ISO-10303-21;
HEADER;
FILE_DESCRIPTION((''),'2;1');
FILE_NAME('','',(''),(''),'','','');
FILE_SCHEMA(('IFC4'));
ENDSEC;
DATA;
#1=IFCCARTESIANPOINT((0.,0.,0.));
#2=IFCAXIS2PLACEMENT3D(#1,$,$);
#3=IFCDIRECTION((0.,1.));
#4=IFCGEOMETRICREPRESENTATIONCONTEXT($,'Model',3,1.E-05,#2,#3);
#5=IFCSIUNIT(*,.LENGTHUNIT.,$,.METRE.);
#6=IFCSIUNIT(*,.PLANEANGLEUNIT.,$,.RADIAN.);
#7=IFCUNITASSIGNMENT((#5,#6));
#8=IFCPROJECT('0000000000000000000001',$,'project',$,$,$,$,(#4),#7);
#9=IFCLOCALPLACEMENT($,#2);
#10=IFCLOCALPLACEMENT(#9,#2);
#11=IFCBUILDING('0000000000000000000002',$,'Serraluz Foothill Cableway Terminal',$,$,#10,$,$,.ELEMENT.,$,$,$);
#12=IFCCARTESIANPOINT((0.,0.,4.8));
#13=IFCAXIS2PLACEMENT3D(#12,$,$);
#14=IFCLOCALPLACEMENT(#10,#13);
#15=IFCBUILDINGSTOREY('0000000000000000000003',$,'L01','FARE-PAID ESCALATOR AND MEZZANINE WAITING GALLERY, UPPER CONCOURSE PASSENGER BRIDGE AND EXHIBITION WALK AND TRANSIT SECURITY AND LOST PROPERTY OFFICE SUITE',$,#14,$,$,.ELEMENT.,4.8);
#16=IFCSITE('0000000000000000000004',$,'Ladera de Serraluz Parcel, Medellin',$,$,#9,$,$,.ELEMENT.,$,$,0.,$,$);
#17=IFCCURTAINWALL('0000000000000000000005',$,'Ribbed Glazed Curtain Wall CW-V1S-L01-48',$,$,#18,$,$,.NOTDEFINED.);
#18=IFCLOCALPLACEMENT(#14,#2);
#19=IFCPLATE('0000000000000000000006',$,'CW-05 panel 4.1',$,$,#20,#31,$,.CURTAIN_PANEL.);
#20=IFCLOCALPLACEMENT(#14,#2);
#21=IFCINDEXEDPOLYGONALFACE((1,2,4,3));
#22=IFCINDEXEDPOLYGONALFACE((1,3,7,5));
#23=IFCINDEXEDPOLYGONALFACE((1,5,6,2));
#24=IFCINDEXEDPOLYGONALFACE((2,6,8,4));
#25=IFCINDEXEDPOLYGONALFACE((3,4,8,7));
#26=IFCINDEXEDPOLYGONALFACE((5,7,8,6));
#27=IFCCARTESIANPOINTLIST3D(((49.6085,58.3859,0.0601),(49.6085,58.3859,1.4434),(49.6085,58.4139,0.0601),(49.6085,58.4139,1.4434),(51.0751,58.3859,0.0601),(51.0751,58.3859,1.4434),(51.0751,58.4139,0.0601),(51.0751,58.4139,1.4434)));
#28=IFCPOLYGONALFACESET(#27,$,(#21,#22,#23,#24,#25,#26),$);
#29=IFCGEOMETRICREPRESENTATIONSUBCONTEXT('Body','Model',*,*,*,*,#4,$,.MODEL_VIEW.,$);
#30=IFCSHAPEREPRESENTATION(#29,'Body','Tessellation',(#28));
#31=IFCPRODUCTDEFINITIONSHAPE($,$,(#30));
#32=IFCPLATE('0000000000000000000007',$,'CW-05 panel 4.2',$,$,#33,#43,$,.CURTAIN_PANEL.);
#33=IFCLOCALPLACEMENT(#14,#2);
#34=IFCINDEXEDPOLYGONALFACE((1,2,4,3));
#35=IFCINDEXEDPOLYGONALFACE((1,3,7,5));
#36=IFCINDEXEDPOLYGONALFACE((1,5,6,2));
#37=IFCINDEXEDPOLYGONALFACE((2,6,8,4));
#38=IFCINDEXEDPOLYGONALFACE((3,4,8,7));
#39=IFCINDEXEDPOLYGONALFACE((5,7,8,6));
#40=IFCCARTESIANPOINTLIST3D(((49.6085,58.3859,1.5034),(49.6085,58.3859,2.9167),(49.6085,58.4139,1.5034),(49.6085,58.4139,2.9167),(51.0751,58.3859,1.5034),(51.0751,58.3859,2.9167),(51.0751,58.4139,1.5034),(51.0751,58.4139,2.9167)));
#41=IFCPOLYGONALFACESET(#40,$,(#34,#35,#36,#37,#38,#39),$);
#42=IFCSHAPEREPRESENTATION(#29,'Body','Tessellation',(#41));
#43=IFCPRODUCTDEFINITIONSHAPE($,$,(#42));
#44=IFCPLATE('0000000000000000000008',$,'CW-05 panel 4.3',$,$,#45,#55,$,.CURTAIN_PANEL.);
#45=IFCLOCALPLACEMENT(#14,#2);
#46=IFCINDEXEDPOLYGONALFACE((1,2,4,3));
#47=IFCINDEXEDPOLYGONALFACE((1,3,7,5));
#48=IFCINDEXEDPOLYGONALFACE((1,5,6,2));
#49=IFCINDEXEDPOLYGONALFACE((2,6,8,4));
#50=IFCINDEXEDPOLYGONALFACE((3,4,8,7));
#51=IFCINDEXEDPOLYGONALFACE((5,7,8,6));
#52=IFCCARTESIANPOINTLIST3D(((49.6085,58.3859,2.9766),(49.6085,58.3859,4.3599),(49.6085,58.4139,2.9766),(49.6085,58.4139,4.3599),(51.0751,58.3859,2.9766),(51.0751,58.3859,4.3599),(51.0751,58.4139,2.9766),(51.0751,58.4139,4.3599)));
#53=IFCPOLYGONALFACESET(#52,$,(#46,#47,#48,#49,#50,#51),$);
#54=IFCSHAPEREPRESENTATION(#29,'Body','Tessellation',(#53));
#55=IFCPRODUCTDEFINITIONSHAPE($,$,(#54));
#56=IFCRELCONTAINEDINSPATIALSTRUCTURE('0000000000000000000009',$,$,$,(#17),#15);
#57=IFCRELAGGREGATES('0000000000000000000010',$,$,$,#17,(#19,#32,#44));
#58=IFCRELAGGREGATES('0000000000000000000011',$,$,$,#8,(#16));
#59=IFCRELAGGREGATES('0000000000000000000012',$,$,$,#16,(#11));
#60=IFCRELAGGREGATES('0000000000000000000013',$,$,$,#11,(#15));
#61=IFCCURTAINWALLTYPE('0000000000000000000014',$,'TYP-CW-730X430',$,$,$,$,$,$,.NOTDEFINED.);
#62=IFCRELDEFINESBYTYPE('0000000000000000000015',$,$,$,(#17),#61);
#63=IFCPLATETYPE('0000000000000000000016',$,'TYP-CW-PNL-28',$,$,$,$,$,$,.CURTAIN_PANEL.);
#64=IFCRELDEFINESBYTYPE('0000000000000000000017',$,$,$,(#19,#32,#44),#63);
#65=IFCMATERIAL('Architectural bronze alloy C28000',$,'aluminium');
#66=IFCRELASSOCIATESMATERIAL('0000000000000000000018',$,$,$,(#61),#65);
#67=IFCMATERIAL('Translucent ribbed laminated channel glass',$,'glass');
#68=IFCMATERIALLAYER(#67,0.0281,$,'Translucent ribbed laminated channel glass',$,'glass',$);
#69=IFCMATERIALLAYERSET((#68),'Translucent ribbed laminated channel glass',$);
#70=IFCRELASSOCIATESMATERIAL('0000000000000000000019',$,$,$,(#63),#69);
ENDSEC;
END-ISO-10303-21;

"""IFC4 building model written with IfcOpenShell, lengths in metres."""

from ifc_helpers import new_model, si_unit, direction, frame, origin, origin_2d, place, context, subcontext, project, spatial, rectangle, extrude, material, layer, layer_set, type_object, element, aggregate, save


model = new_model("IFC4")

# Units and contexts
model_context = context("Model", 3, precision=1e-05, world=origin(), true_north=direction((0.0, 1.0)))
body_context = subcontext(model_context, "Body", "Model", "MODEL_VIEW")
ifc_project = project(units=[si_unit("LENGTHUNIT", "METRE"), si_unit("PLANEANGLEUNIT", "RADIAN")], contexts=[model_context])

# Site, building, storey
site_placement = place(None, origin())
site = spatial("IfcSite", under=ifc_project, at=site_placement, Name="Ladera de Serraluz Parcel, Medellin", CompositionType="ELEMENT", RefElevation=0.0)
building_placement = place(site_placement, origin())
building = spatial("IfcBuilding", under=site, at=building_placement, Name="Serraluz Foothill Cableway Terminal", CompositionType="ELEMENT")
storey_placement = place(building_placement, frame((0.0, 0.0, 4.8)))
storey = spatial("IfcBuildingStorey", under=building, at=storey_placement, Name="L01", Description="FARE-PAID ESCALATOR AND MEZZANINE WAITING GALLERY, UPPER CONCOURSE PASSENGER BRIDGE AND EXHIBITION WALK AND TRANSIT SECURITY AND LOST PROPERTY OFFICE SUITE", CompositionType="ELEMENT", Elevation=4.8)

# Curtain wall, plates
ifc_material_1 = material(Name="Architectural bronze alloy C28000", Category="aluminium")
curtain_wall_type = type_object("IfcCurtainWallType", Name="TYP-CW-730X430", PredefinedType="NOTDEFINED", material=ifc_material_1)
curtain_wall_placement = place(storey_placement, origin())
curtain_wall = element("IfcCurtainWall", 1, at=curtain_wall_placement, inside=storey, type_object=curtain_wall_type, Name="Ribbed Glazed Curtain Wall CW-V1S-L01-48", PredefinedType="NOTDEFINED")
ifc_material_2 = material(Name="Translucent ribbed laminated channel glass", Category="glass")
ifc_layer = layer(ifc_material_2, 0.0281, Name="Translucent ribbed laminated channel glass", Category="glass")
ifc_layer_set = layer_set([ifc_layer], Name="Translucent ribbed laminated channel glass")
plate_type = type_object("IfcPlateType", Name="TYP-CW-PNL-28", PredefinedType="CURTAIN_PANEL", material=ifc_layer_set)
plate_1_placement = place(storey_placement, frame((50.3418, 58.3999, 0.0601), z_axis=(0.0, 0.0, 1.0), x_axis=(-1.0, 0.0, 0.0)))
plate_1 = element("IfcPlate", 2, at=plate_1_placement, type_object=plate_type, Name="CW-05 panel 4.1", PredefinedType="CURTAIN_PANEL", context=body_context, shape_type="SweptSolid", body=[
    extrude(rectangle(XDim=1.4666, YDim=0.0281, at=origin_2d()), origin(), (0.0, 0.0, 1.0), 1.3833),
])
plate_2_placement = place(storey_placement, frame((50.3418, 58.3999, 1.5034), z_axis=(0.0, 0.0, 1.0), x_axis=(-1.0, 0.0, 0.0)))
plate_2 = element("IfcPlate", 3, at=plate_2_placement, type_object=plate_type, Name="CW-05 panel 4.2", PredefinedType="CURTAIN_PANEL", context=body_context, shape_type="SweptSolid", body=[
    extrude(rectangle(XDim=1.4666, YDim=0.0281, at=origin_2d()), origin(), (0.0, 0.0, 1.0), 1.4133),
])
plate_3_placement = place(storey_placement, frame((50.3418, 58.3999, 2.9766), z_axis=(0.0, 0.0, 1.0), x_axis=(-1.0, 0.0, 0.0)))
plate_3 = element("IfcPlate", 4, at=plate_3_placement, type_object=plate_type, Name="CW-05 panel 4.3", PredefinedType="CURTAIN_PANEL", context=body_context, shape_type="SweptSolid", body=[
    extrude(rectangle(XDim=1.4666, YDim=0.0281, at=origin_2d()), origin(), (0.0, 0.0, 1.0), 1.3833),
])
aggregate(curtain_wall, [plate_1, plate_2, plate_3])

save(model, "model.ifc")
